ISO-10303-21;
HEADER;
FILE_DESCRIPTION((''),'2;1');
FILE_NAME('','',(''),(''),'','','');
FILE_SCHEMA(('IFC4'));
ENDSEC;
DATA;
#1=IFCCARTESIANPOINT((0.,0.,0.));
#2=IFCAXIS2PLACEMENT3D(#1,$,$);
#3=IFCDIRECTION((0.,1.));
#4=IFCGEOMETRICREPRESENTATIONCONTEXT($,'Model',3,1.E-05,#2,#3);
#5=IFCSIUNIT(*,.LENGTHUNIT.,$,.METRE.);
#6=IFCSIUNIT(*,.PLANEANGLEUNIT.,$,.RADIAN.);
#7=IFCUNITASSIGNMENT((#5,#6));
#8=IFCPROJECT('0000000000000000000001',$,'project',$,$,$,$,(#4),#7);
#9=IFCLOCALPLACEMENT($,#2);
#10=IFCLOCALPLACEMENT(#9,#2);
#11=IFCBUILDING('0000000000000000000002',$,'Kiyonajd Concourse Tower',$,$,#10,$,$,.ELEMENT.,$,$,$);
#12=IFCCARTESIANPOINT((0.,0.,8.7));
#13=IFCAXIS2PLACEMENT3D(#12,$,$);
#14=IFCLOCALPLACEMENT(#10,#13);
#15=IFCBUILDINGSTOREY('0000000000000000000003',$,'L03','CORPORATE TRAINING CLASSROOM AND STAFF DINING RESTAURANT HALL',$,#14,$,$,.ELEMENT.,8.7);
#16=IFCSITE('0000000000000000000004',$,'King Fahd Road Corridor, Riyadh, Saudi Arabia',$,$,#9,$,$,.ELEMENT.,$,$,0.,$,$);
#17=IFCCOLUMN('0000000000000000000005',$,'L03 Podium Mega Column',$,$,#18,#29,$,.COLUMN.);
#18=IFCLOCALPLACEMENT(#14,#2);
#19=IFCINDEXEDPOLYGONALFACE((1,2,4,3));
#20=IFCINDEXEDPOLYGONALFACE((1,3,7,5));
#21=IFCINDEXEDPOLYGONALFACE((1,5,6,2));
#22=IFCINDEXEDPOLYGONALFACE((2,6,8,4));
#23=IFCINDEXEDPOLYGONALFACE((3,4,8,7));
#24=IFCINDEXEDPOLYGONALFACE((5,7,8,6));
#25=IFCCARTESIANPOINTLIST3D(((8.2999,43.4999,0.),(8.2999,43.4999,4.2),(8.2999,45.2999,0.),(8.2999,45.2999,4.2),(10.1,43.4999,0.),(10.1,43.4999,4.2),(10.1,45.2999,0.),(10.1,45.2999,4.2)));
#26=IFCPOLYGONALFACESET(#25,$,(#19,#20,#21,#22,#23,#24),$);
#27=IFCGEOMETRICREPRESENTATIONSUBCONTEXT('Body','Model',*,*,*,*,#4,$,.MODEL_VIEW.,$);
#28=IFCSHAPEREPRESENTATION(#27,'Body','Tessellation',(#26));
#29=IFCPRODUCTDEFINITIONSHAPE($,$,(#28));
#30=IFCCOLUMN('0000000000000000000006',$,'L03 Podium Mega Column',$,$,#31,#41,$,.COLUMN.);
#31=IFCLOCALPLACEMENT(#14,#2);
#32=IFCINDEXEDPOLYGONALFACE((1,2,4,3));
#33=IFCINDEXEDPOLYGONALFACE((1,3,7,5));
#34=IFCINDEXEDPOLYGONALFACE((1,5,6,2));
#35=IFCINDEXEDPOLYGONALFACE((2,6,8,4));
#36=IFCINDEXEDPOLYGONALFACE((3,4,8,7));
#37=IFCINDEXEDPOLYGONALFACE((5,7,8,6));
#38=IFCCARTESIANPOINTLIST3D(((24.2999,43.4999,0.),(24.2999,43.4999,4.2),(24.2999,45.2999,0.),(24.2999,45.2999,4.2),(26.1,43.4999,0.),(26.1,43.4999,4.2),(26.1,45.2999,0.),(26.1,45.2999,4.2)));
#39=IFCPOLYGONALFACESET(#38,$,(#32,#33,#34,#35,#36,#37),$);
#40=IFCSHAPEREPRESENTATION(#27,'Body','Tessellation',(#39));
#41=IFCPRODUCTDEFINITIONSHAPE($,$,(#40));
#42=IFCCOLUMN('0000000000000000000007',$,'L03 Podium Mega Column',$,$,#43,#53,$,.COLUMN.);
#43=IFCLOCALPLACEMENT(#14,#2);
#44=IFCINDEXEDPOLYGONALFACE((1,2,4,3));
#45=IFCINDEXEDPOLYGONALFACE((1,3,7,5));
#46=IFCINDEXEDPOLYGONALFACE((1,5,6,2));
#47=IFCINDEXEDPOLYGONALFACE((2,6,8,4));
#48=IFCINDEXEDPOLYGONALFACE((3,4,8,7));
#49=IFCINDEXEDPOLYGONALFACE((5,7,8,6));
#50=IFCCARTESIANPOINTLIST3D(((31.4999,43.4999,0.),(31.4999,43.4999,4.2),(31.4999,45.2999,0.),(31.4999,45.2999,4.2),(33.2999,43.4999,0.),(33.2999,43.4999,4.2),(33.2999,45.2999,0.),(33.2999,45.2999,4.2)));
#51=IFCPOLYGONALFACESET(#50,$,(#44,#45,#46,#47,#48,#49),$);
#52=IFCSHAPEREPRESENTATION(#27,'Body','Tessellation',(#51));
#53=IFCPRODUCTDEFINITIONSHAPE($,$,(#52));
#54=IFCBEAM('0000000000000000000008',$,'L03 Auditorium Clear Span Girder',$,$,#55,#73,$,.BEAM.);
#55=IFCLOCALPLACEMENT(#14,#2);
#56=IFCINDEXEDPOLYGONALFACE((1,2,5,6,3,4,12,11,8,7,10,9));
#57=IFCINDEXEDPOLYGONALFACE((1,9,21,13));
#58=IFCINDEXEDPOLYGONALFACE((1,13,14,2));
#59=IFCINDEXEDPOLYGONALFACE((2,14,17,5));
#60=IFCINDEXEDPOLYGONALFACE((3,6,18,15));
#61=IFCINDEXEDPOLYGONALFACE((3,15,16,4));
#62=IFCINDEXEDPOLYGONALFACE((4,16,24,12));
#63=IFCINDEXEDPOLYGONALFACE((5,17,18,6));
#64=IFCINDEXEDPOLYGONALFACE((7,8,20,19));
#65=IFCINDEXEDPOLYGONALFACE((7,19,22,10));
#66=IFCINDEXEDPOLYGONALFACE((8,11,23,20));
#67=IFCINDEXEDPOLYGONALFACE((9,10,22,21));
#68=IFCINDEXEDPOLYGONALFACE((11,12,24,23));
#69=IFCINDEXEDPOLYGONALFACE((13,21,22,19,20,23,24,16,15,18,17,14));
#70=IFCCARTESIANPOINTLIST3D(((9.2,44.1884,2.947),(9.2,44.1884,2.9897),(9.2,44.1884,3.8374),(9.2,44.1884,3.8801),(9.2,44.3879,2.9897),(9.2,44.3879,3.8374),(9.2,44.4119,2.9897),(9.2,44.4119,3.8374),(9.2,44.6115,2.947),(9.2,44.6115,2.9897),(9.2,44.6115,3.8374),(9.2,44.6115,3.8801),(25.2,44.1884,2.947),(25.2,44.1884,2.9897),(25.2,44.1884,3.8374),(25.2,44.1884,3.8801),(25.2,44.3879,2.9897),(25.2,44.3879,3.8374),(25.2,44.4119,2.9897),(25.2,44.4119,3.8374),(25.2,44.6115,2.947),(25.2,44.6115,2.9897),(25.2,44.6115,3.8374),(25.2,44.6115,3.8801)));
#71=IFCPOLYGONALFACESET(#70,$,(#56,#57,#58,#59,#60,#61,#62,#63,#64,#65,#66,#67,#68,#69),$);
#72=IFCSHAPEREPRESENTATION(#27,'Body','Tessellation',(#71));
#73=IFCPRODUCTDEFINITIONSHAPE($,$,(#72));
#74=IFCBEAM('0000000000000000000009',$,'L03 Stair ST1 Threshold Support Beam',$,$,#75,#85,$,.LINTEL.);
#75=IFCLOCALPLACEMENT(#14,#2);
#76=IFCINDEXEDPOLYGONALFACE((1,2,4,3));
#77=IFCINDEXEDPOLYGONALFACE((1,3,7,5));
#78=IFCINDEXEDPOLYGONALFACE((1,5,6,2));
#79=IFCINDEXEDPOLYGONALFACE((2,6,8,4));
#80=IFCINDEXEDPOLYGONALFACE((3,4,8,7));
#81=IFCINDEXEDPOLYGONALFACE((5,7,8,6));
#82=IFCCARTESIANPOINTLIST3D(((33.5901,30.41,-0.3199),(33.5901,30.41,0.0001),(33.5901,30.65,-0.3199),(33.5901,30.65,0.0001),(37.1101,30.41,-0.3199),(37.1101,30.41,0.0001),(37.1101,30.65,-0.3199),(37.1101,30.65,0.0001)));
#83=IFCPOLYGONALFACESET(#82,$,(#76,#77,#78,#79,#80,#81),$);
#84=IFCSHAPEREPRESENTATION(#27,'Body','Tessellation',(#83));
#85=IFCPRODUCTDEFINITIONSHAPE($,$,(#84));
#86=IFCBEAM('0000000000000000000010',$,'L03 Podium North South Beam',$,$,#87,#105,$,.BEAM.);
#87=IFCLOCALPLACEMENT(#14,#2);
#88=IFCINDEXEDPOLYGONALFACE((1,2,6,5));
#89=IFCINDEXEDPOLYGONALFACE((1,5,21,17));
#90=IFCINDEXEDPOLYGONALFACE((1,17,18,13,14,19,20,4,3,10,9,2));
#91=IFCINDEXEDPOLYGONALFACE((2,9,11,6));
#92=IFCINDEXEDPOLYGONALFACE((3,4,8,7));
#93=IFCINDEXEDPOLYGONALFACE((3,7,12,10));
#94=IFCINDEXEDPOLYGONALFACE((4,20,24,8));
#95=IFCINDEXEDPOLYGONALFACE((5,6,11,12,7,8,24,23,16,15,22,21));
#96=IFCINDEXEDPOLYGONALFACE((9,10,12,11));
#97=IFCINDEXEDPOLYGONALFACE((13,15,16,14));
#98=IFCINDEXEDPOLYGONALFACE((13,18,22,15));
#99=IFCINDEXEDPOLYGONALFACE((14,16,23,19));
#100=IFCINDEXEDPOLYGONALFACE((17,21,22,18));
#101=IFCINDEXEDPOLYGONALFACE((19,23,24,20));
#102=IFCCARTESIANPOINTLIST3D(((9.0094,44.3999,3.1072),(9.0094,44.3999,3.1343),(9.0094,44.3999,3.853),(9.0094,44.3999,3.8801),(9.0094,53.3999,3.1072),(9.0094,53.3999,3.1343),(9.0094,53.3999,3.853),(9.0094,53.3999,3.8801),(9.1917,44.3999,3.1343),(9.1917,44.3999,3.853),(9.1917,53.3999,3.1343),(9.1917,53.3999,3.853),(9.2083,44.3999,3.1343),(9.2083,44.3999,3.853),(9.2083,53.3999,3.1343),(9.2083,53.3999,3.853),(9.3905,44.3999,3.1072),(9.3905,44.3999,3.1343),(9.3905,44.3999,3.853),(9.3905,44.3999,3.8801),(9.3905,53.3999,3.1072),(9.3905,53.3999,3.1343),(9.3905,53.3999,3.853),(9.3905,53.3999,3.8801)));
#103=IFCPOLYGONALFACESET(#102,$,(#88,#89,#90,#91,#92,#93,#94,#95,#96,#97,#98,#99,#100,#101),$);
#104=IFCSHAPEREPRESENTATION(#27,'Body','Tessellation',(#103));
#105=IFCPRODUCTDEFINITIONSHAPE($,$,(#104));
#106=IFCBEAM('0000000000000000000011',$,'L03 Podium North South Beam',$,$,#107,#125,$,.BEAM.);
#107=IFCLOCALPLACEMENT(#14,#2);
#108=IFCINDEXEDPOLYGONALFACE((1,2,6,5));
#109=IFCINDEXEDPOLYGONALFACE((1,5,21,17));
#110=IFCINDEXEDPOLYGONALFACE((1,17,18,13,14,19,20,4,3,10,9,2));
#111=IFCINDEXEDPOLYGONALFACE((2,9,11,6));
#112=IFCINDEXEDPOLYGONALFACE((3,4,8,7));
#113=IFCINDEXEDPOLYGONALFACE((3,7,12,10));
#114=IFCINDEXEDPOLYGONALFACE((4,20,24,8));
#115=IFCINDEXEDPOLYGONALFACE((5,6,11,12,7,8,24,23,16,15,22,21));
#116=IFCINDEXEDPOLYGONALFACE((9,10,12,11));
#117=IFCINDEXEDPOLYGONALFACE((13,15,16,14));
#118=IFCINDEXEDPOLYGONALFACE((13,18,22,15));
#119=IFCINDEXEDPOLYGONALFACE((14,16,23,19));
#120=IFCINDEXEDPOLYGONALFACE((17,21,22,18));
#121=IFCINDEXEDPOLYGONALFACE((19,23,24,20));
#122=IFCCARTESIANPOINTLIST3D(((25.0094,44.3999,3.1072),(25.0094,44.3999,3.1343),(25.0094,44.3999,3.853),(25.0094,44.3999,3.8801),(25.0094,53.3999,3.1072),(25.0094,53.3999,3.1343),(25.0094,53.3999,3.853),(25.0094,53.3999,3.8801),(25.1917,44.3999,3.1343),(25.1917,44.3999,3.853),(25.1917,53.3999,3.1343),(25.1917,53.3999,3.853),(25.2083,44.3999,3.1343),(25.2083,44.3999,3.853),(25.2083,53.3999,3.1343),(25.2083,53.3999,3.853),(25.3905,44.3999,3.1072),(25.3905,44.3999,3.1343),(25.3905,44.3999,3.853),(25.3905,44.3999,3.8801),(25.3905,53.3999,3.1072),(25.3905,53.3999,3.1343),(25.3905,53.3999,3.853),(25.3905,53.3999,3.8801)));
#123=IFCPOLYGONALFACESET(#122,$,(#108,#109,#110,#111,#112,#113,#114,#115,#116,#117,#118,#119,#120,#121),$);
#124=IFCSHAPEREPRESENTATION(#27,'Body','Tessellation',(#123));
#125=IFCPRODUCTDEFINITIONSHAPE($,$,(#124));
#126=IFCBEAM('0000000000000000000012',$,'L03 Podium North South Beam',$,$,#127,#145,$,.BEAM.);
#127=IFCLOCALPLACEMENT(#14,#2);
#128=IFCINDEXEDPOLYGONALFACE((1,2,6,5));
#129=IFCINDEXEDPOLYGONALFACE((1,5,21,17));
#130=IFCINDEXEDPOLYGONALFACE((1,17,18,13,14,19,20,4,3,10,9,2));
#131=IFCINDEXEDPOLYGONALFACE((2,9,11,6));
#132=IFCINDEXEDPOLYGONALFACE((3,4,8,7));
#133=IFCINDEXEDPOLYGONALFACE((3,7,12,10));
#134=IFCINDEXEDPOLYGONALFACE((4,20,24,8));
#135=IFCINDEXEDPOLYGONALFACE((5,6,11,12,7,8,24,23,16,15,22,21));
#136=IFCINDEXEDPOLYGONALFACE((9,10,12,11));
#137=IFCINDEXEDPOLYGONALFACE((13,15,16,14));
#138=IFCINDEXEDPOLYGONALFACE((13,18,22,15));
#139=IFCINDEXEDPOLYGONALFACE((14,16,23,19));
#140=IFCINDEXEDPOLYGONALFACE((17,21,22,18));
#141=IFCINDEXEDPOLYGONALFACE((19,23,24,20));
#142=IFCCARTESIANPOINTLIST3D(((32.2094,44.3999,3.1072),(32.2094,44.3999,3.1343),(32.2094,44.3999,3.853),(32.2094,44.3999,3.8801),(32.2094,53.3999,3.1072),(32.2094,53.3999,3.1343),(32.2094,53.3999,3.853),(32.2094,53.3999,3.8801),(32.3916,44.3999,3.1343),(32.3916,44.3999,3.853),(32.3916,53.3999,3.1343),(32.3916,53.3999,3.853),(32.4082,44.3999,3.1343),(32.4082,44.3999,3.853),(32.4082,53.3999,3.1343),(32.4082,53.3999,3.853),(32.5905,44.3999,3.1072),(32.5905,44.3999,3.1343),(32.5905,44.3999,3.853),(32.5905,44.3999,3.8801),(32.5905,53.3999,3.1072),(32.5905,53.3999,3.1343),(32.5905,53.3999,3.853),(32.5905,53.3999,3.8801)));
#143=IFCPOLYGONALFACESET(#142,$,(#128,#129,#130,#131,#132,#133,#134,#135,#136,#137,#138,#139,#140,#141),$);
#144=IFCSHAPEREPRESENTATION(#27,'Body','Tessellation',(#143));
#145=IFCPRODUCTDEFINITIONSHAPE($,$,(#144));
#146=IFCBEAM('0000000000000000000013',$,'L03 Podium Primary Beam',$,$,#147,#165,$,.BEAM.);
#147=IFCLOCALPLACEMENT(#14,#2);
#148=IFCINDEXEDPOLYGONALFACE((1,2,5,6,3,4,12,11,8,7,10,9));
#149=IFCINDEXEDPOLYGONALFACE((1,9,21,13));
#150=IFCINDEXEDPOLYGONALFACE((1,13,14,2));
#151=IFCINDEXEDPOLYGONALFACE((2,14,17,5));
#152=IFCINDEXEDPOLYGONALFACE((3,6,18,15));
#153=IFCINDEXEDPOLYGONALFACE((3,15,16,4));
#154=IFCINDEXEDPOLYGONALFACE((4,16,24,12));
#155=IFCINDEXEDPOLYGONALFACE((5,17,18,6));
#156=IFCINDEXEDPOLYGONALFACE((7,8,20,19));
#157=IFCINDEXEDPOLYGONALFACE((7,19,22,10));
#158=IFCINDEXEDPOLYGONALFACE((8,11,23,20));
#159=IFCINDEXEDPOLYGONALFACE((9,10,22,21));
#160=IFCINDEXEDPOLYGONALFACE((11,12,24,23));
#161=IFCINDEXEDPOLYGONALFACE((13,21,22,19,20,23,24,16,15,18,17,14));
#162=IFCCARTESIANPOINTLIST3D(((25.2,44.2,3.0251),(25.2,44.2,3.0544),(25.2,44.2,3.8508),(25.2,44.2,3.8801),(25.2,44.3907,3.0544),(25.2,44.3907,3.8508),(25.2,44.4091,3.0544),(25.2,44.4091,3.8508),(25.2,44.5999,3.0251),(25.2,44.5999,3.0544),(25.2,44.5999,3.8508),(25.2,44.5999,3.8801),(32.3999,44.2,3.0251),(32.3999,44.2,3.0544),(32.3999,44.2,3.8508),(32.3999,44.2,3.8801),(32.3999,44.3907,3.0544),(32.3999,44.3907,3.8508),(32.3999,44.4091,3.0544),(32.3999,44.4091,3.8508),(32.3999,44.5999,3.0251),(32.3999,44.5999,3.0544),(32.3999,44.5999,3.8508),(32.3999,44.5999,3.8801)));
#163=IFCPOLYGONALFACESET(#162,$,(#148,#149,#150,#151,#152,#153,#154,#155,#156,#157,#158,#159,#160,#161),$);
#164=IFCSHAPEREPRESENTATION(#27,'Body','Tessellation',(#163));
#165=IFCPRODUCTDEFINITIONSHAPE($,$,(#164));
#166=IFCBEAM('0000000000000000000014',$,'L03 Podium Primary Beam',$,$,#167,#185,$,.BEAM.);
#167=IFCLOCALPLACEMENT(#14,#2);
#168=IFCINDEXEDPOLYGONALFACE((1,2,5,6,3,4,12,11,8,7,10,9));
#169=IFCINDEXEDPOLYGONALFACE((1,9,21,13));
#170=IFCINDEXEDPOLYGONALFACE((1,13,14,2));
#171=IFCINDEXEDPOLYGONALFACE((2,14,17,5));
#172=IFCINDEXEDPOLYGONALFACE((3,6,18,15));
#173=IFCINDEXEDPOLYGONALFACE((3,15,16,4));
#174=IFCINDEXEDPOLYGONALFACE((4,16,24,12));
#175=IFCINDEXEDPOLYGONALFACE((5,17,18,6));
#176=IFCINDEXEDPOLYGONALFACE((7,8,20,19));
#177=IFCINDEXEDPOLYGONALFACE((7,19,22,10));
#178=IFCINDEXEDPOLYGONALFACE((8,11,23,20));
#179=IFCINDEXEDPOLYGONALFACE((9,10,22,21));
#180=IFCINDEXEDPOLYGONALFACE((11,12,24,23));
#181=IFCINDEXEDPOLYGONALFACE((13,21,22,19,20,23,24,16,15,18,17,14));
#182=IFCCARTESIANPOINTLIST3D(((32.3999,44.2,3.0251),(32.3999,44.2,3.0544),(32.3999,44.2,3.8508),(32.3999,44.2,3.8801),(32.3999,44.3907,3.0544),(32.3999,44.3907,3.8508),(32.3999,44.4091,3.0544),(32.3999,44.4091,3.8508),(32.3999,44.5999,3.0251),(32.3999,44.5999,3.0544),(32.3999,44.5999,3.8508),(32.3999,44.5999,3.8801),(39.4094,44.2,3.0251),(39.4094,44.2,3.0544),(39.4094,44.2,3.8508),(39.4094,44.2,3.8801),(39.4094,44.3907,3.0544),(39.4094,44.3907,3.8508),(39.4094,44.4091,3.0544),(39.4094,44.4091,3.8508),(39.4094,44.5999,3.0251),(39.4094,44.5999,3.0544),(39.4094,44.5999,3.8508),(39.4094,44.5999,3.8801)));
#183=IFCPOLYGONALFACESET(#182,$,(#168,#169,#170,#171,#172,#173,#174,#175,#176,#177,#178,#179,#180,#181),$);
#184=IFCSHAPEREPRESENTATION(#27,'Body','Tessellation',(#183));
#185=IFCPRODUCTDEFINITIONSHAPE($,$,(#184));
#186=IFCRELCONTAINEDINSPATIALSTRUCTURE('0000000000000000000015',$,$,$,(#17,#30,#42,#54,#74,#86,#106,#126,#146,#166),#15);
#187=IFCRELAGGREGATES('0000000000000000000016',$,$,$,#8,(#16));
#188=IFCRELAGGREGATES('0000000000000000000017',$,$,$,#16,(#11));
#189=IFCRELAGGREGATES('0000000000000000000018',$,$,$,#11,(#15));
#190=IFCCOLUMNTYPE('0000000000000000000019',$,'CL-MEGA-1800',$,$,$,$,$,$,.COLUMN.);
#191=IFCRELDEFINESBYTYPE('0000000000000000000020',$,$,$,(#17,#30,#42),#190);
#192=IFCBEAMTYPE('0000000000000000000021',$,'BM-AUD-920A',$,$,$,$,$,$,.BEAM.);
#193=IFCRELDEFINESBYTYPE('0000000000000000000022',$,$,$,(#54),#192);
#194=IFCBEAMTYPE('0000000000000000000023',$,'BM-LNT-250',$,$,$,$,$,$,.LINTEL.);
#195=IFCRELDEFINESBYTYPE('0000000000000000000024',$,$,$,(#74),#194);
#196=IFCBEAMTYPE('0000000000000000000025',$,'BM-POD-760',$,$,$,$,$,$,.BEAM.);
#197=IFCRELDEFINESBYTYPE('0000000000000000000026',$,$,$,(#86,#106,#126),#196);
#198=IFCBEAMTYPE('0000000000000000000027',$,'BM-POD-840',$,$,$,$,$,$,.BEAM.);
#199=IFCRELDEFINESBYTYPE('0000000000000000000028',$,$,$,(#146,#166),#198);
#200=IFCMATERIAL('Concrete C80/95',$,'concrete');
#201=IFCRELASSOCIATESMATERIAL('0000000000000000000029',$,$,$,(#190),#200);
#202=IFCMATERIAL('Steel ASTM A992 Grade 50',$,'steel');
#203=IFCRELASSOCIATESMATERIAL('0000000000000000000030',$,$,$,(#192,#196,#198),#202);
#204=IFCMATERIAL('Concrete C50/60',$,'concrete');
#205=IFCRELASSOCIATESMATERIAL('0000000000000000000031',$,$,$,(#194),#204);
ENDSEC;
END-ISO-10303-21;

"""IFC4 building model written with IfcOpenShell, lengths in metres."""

from ifc_helpers import new_model, si_unit, direction, frame, origin, origin_2d, place, context, subcontext, project, spatial, rectangle, i_section, extrude, material, material_profile, profile_set, type_object, element, save


model = new_model("IFC4")

# Units and contexts
model_context = context("Model", 3, precision=1e-05, world=origin(), true_north=direction((0.0, 1.0)))
body_context = subcontext(model_context, "Body", "Model", "MODEL_VIEW")
ifc_project = project(units=[si_unit("LENGTHUNIT", "METRE"), si_unit("PLANEANGLEUNIT", "RADIAN")], contexts=[model_context])

# Site, building, storey
site_placement = place(None, origin())
site = spatial("IfcSite", under=ifc_project, at=site_placement, Name="King Fahd Road Corridor, Riyadh, Saudi Arabia", CompositionType="ELEMENT", RefElevation=0.0)
building_placement = place(site_placement, origin())
building = spatial("IfcBuilding", under=site, at=building_placement, Name="Kiyonajd Concourse Tower", CompositionType="ELEMENT")
storey_placement = place(building_placement, frame((0.0, 0.0, 8.7)))
storey = spatial("IfcBuildingStorey", under=building, at=storey_placement, Name="L03", Description="CORPORATE TRAINING CLASSROOM AND STAFF DINING RESTAURANT HALL", CompositionType="ELEMENT", Elevation=8.7)

# Columns
ifc_material_1 = material(Name="Concrete C80/95", Category="concrete")
ifc_material_profile_1 = material_profile(ifc_material_1, rectangle(XDim=1.8, YDim=1.8, at=origin_2d()), Name="RC-1800x1800")
ifc_profile_set_1 = profile_set([ifc_material_profile_1], Name="Concrete C80/95")
column_type = type_object("IfcColumnType", Name="CL-MEGA-1800", PredefinedType="COLUMN", material=ifc_profile_set_1)
for number, where, z_axis, x_axis, name in (
    (1, (9.2, 44.3999, 0.0), (0.0, 0.0, 1.0), (1.0, 0.0, 0.0), "L03 Podium Mega Column"),
    (2, (25.2, 44.3999, 0.0), (0.0, 0.0, 1.0), (1.0, 0.0, 0.0), "L03 Podium Mega Column"),
    (3, (32.3999, 44.3999, 0.0), (0.0, 0.0, 1.0), (1.0, 0.0, 0.0), "L03 Podium Mega Column"),
):
    element("IfcColumn", number, at=place(storey_placement, frame(where, z_axis=z_axis, x_axis=x_axis)), inside=storey, type_object=column_type, Name=name, PredefinedType="COLUMN", context=body_context, shape_type="SweptSolid", body=[
        extrude(rectangle(XDim=1.8, YDim=1.8, at=origin_2d()), origin(), (0.0, 0.0, 1.0), 4.2),
    ])

# Beams
ifc_material_2 = material(Name="Steel ASTM A992 Grade 50", Category="steel")
ifc_material_profile_2 = material_profile(ifc_material_2, i_section(OverallWidth=0.4231, OverallDepth=0.9331, WebThickness=0.0239, FlangeThickness=0.0427, at=origin_2d()), Name="W920X446")
ifc_profile_set_2 = profile_set([ifc_material_profile_2], Name="Steel ASTM A992 Grade 50")
beam_type_1 = type_object("IfcBeamType", Name="BM-AUD-920A", PredefinedType="BEAM", material=ifc_profile_set_2)
beam_1_placement = place(storey_placement, frame((9.2, 44.3999, 3.4136), z_axis=(1.0, 0.0, 0.0), x_axis=(0.0, 1.0, 0.0)))
element("IfcBeam", 4, at=beam_1_placement, inside=storey, type_object=beam_type_1, Name="L03 Auditorium Clear Span Girder", PredefinedType="BEAM", context=body_context, shape_type="SweptSolid", body=[
    extrude(i_section(OverallWidth=0.4231, OverallDepth=0.9331, WebThickness=0.0239, FlangeThickness=0.0427, at=origin_2d()), origin(), (0.0, 0.0, 1.0), 16.0),
])
ifc_material_3 = material(Name="Concrete C50/60", Category="concrete")
ifc_material_profile_3 = material_profile(ifc_material_3, rectangle(XDim=0.24, YDim=0.3201, at=origin_2d()), Name="RCBM-240x320")
ifc_profile_set_3 = profile_set([ifc_material_profile_3], Name="Concrete C50/60")
beam_type_2 = type_object("IfcBeamType", Name="BM-LNT-250", PredefinedType="LINTEL", material=ifc_profile_set_3)
beam_2_placement = place(storey_placement, frame((33.5901, 30.53, -0.1599), z_axis=(1.0, 0.0, 0.0), x_axis=(0.0, 1.0, 0.0)))
element("IfcBeam", 5, at=beam_2_placement, inside=storey, type_object=beam_type_2, Name="L03 Stair ST1 Threshold Support Beam", PredefinedType="LINTEL", context=body_context, shape_type="SweptSolid", body=[
    extrude(rectangle(XDim=0.24, YDim=0.3201, at=origin_2d()), origin(), (0.0, 0.0, 1.0), 3.52),
])
ifc_material_profile_4 = material_profile(ifc_material_2, i_section(OverallWidth=0.3811, OverallDepth=0.7729, WebThickness=0.0166, FlangeThickness=0.0271, at=origin_2d()), Name="W760X257")
ifc_profile_set_4 = profile_set([ifc_material_profile_4], Name="Steel ASTM A992 Grade 50")
beam_type_3 = type_object("IfcBeamType", Name="BM-POD-760", PredefinedType="BEAM", material=ifc_profile_set_4)
for number, where, z_axis, x_axis, name in (
    (6, (9.2, 44.3999, 3.4937), (0.0, 1.0, 0.0), (-1.0, 0.0, 0.0), "L03 Podium North South Beam"),
    (7, (25.2, 44.3999, 3.4937), (0.0, 1.0, 0.0), (-1.0, 0.0, 0.0), "L03 Podium North South Beam"),
    (8, (32.3999, 44.3999, 3.4937), (0.0, 1.0, 0.0), (-1.0, 0.0, 0.0), "L03 Podium North South Beam"),
):
    element("IfcBeam", number, at=place(storey_placement, frame(where, z_axis=z_axis, x_axis=x_axis)), inside=storey, type_object=beam_type_3, Name=name, PredefinedType="BEAM", context=body_context, shape_type="SweptSolid", body=[
        extrude(i_section(OverallWidth=0.3811, OverallDepth=0.7729, WebThickness=0.0166, FlangeThickness=0.0271, at=origin_2d()), origin(), (0.0, 0.0, 1.0), 9.0),
    ])
ifc_material_profile_5 = material_profile(ifc_material_2, i_section(OverallWidth=0.3999, OverallDepth=0.855, WebThickness=0.0183, FlangeThickness=0.0293, at=origin_2d()), Name="W840X299")
ifc_profile_set_5 = profile_set([ifc_material_profile_5], Name="Steel ASTM A992 Grade 50")
beam_type_4 = type_object("IfcBeamType", Name="BM-POD-840", PredefinedType="BEAM", material=ifc_profile_set_5)
beam_3_placement = place(storey_placement, frame((25.2, 44.3999, 3.4526), z_axis=(1.0, 0.0, 0.0), x_axis=(0.0, 1.0, 0.0)))
element("IfcBeam", 9, at=beam_3_placement, inside=storey, type_object=beam_type_4, Name="L03 Podium Primary Beam", PredefinedType="BEAM", context=body_context, shape_type="SweptSolid", body=[
    extrude(i_section(OverallWidth=0.3999, OverallDepth=0.855, WebThickness=0.0183, FlangeThickness=0.0293, at=origin_2d()), origin(), (0.0, 0.0, 1.0), 7.2),
])
beam_4_placement = place(storey_placement, frame((32.3999, 44.3999, 3.4526), z_axis=(1.0, 0.0, 0.0), x_axis=(0.0, 1.0, 0.0)))
element("IfcBeam", 10, at=beam_4_placement, inside=storey, type_object=beam_type_4, Name="L03 Podium Primary Beam", PredefinedType="BEAM", context=body_context, shape_type="SweptSolid", body=[
    extrude(i_section(OverallWidth=0.3999, OverallDepth=0.855, WebThickness=0.0183, FlangeThickness=0.0293, at=origin_2d()), origin(), (0.0, 0.0, 1.0), 7.0095),
])

save(model, "model.ifc")
